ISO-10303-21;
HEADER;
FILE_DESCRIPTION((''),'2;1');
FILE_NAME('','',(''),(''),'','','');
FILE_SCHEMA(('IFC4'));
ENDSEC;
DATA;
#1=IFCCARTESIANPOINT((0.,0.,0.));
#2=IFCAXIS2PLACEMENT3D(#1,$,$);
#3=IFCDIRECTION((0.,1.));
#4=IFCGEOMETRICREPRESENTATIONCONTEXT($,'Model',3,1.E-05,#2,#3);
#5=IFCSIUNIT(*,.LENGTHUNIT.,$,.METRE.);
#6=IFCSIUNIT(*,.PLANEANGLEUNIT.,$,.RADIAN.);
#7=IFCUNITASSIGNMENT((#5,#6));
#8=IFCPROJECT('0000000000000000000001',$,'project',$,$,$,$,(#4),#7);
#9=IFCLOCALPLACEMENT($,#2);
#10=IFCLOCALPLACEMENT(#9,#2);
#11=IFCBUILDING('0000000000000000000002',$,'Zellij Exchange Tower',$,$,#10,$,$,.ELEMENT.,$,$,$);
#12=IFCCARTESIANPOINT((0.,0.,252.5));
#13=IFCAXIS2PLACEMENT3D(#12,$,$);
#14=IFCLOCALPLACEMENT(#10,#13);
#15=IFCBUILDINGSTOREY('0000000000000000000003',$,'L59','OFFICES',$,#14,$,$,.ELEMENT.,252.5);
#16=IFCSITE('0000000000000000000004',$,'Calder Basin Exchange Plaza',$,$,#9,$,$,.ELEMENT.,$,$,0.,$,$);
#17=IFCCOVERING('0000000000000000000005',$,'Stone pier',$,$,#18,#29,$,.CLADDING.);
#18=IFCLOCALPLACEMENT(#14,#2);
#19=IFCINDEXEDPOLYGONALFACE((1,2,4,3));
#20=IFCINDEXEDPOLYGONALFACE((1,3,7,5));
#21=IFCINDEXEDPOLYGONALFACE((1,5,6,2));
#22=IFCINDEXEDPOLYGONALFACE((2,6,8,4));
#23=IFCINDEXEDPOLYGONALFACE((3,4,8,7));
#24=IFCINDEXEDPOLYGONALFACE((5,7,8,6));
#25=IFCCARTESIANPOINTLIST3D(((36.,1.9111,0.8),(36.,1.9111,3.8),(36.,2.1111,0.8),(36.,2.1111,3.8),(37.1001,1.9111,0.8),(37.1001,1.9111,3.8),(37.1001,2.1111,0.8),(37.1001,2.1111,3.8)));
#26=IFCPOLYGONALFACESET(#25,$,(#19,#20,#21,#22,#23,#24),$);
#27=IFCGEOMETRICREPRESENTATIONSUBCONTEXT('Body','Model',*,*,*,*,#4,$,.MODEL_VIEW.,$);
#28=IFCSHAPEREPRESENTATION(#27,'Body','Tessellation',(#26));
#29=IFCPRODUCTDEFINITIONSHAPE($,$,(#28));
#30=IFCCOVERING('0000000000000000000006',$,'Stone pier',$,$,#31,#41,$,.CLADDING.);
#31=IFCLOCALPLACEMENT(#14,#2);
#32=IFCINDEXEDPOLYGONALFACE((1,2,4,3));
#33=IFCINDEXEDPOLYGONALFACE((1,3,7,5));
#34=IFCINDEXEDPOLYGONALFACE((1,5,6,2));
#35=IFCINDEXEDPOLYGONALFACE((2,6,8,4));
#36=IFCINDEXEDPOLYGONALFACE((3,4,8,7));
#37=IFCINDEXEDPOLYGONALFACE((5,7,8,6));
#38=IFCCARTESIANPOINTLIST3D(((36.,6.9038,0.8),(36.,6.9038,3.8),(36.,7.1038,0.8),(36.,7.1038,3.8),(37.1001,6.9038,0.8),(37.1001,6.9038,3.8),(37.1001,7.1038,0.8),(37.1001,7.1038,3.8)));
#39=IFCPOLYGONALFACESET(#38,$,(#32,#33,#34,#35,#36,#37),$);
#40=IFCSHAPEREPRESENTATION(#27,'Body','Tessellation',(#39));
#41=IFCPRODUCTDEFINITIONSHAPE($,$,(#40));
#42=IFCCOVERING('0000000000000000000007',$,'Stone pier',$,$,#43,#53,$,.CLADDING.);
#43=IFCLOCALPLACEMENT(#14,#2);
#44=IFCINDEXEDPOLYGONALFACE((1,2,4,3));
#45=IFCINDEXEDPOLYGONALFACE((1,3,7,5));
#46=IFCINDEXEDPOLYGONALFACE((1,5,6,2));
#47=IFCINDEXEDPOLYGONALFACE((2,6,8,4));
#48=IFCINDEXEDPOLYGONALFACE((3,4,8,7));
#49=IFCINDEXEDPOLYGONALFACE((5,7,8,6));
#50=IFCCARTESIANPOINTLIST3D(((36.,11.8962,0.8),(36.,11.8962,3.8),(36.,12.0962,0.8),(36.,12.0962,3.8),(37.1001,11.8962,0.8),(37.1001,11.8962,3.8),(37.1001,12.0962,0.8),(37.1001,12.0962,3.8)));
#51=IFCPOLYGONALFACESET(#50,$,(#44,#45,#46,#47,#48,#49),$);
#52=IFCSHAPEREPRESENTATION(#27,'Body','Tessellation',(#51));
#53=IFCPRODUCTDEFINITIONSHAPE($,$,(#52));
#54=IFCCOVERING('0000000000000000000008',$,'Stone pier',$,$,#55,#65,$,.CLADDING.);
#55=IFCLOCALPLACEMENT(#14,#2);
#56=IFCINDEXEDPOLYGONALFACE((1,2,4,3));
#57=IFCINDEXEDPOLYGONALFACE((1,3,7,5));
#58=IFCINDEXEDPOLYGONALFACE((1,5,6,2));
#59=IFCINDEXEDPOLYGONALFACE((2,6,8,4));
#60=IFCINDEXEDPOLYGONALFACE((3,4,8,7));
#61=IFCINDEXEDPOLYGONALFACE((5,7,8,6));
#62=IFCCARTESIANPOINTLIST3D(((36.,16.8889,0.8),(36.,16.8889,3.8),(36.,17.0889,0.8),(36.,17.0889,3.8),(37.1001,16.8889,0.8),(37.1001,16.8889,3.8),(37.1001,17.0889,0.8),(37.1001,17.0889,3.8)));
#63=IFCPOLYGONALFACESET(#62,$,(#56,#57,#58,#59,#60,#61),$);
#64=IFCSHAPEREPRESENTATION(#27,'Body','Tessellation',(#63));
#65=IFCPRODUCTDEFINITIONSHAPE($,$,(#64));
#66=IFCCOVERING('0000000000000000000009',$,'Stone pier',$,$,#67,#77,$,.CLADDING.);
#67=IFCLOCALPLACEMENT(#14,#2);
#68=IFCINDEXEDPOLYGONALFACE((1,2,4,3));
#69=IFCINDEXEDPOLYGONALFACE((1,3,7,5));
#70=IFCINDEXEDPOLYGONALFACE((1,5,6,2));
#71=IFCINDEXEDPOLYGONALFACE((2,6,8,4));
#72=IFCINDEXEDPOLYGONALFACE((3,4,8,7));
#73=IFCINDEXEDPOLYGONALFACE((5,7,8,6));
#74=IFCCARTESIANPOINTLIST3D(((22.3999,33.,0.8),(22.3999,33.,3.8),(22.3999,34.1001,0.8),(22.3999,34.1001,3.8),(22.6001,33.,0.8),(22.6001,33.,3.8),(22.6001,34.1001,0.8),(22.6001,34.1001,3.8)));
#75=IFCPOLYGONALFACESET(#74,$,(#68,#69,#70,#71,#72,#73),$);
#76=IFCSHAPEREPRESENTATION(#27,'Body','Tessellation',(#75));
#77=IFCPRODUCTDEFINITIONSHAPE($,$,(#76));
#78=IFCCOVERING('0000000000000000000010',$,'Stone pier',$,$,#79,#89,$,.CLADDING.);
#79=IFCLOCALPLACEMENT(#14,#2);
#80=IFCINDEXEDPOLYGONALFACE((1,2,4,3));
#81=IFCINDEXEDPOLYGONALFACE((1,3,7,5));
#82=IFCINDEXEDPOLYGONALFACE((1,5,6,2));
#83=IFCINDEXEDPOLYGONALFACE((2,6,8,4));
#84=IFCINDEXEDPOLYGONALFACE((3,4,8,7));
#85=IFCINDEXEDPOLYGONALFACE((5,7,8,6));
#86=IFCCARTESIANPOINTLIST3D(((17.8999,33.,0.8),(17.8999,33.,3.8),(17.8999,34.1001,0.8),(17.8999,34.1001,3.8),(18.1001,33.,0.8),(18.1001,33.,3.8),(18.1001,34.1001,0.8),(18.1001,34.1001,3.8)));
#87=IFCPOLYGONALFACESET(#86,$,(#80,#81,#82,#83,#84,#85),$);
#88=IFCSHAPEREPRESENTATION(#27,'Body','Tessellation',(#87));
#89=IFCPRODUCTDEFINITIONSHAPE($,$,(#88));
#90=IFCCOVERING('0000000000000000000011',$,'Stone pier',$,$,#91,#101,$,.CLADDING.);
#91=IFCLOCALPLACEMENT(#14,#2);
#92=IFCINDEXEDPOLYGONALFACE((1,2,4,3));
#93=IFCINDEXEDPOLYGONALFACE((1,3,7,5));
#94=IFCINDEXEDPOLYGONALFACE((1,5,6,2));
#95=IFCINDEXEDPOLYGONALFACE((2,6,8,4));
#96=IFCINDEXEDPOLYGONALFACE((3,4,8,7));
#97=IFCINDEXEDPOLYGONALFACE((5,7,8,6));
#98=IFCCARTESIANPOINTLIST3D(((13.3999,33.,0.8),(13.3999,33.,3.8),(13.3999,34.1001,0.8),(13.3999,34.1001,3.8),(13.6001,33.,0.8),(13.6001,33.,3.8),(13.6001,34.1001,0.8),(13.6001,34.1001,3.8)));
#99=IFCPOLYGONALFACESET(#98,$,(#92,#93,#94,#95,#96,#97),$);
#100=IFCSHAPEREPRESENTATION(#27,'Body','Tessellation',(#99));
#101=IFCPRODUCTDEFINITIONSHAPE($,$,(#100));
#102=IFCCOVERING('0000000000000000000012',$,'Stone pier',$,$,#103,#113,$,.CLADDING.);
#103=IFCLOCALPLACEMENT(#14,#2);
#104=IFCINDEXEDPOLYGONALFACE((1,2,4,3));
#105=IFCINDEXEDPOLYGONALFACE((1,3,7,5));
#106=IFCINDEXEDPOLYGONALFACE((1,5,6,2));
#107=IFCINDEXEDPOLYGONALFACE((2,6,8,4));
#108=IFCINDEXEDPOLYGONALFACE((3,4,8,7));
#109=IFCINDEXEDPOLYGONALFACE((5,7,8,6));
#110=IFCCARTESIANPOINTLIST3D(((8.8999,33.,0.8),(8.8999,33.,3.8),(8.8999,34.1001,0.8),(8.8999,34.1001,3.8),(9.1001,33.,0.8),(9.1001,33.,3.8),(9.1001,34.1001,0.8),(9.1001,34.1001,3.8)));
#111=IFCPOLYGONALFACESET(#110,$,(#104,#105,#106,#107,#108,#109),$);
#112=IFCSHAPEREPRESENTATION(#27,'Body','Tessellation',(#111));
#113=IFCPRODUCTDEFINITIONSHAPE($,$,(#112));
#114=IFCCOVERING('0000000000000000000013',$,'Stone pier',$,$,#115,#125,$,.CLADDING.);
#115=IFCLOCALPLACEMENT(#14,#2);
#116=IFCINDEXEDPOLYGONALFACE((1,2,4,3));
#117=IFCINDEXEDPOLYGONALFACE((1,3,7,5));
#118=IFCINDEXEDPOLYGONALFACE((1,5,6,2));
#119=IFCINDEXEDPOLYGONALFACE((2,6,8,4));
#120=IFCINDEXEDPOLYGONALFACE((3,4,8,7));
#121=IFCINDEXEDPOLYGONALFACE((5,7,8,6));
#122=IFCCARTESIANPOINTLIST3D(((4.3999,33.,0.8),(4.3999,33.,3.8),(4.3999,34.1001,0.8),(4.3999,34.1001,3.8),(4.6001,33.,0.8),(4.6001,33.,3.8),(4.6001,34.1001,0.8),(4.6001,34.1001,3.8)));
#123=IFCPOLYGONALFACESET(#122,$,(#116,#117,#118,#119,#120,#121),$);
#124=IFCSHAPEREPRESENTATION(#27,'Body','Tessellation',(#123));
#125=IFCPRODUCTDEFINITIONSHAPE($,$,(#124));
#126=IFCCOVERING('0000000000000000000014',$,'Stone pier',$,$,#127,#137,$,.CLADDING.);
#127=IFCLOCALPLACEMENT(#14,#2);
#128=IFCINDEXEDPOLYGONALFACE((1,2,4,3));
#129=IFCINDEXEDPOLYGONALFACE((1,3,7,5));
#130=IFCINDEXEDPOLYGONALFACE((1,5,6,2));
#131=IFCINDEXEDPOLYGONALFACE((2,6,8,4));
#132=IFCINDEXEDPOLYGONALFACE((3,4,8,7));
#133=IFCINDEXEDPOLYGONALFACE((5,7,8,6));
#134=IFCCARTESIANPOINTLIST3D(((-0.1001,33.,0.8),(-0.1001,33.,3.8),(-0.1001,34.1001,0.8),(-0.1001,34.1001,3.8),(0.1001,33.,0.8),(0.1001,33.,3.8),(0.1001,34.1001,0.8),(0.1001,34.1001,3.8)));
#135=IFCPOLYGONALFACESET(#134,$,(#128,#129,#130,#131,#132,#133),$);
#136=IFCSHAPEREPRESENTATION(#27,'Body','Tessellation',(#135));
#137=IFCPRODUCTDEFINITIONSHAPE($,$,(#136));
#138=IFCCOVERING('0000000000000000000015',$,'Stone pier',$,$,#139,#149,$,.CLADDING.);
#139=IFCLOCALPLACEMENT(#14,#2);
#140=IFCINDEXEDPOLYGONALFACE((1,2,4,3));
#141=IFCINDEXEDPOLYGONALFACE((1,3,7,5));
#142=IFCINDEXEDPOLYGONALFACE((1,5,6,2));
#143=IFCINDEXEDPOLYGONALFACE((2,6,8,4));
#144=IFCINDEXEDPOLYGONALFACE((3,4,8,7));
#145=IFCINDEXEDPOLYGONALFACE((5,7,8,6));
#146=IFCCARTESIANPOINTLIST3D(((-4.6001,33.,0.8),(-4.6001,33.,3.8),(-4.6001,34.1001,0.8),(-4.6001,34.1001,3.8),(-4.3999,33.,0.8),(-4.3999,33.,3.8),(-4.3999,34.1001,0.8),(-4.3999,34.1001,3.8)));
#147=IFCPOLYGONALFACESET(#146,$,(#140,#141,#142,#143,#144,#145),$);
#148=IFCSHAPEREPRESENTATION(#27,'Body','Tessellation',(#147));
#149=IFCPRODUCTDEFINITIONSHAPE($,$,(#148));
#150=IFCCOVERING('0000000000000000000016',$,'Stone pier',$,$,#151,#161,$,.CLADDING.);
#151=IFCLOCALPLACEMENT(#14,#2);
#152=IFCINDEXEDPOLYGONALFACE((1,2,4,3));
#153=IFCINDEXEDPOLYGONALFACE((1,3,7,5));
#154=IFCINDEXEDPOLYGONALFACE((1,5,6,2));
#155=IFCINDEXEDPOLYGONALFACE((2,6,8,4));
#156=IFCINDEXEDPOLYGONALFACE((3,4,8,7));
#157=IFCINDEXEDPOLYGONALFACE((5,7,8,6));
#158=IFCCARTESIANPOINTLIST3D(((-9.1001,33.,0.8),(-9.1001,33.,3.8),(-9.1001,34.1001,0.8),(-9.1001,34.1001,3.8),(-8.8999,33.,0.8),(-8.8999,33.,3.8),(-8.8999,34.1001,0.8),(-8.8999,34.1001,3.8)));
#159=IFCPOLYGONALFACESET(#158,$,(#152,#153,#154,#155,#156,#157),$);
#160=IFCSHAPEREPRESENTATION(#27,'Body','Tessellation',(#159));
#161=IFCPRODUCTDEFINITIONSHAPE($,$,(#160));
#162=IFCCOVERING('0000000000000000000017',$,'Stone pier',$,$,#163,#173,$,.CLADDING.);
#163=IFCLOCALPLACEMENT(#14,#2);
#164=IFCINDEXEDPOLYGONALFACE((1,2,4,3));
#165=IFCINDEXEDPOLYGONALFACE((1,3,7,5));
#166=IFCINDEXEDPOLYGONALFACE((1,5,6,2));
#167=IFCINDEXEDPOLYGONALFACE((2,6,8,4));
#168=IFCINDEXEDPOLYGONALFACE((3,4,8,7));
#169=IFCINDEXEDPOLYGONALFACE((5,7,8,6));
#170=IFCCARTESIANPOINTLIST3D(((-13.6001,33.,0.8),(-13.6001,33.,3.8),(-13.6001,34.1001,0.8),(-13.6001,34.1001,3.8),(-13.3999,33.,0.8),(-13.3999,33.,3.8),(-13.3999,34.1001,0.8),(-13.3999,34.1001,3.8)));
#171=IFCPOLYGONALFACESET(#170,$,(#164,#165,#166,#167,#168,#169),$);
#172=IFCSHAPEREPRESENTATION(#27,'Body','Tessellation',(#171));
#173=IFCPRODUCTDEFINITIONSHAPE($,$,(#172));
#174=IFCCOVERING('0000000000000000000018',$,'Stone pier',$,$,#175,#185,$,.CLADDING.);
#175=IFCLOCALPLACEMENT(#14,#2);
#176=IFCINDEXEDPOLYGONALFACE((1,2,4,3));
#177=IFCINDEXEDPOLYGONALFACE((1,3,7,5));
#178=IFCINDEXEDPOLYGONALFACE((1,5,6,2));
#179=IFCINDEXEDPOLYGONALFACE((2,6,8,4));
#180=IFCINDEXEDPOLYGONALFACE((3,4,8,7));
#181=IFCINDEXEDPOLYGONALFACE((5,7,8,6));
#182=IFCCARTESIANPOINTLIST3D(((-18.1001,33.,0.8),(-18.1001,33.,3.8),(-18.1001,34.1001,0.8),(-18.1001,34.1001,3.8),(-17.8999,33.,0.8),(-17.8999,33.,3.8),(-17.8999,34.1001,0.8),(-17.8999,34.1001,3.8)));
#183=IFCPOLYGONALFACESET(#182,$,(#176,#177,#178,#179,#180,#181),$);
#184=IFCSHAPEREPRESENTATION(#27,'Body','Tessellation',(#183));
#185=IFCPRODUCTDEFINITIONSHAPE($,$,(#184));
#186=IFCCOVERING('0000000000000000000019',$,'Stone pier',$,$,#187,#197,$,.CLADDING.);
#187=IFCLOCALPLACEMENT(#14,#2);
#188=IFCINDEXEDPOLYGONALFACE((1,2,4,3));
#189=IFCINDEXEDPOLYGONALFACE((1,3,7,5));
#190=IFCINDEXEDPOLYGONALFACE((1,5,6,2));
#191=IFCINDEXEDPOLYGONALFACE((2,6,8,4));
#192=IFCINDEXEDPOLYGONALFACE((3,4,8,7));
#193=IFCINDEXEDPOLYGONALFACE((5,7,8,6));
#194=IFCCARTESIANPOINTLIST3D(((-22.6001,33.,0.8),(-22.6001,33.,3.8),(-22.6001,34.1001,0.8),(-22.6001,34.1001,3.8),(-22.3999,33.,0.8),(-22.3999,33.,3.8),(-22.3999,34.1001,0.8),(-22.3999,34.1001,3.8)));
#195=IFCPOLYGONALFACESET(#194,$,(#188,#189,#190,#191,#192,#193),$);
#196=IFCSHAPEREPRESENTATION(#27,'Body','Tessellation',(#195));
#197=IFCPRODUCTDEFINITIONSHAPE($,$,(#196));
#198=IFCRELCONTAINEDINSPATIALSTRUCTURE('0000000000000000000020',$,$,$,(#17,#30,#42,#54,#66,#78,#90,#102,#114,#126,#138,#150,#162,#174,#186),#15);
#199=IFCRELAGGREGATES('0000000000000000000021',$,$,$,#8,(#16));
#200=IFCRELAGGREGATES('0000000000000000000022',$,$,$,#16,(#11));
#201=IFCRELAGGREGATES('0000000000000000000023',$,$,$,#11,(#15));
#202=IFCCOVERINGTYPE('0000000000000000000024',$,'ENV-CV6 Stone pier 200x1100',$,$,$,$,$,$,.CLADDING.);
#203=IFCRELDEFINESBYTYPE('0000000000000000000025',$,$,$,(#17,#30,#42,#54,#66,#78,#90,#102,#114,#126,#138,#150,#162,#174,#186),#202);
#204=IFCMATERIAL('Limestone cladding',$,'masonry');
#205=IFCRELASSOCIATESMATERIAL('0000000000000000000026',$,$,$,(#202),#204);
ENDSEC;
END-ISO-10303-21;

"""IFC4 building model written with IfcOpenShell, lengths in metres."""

from ifc_helpers import new_model, si_unit, direction, frame, origin, place, context, subcontext, project, spatial, polyline, outline, extrude, material, type_object, element, save


model = new_model("IFC4")

# Units and contexts
model_context = context("Model", 3, precision=1e-05, world=origin(), true_north=direction((0.0, 1.0)))
body_context = subcontext(model_context, "Body", "Model", "MODEL_VIEW")
ifc_project = project(units=[si_unit("LENGTHUNIT", "METRE"), si_unit("PLANEANGLEUNIT", "RADIAN")], contexts=[model_context])

# Site, building, storey
site_placement = place(None, origin())
site = spatial("IfcSite", under=ifc_project, at=site_placement, Name="Calder Basin Exchange Plaza", CompositionType="ELEMENT", RefElevation=0.0)
building_placement = place(site_placement, origin())
building = spatial("IfcBuilding", under=site, at=building_placement, Name="Zellij Exchange Tower", CompositionType="ELEMENT")
storey_placement = place(building_placement, frame((0.0, 0.0, 252.5)))
storey = spatial("IfcBuildingStorey", under=building, at=storey_placement, Name="L59", Description="OFFICES", CompositionType="ELEMENT", Elevation=252.5)

# Coverings
ifc_material_1 = material(Name="Limestone cladding", Category="masonry")
covering_type = type_object("IfcCoveringType", Name="ENV-CV6 Stone pier 200x1100", PredefinedType="CLADDING", material=ifc_material_1)
covering_1_placement = place(storey_placement, frame((0.0, 0.0, 0.8)))
element("IfcCovering", 1, at=covering_1_placement, inside=storey, type_object=covering_type, Name="Stone pier", PredefinedType="CLADDING", context=body_context, shape_type="SweptSolid", body=[
    extrude(outline(polyline([(36.0, 1.9111), (36.0, 2.1111), (37.1001, 2.1111), (37.1001, 1.9111), (36.0, 1.9111)])), origin(), (0.0, 0.0, 1.0), 3.0),
])
covering_2_placement = place(storey_placement, frame((0.0, 0.0, 0.8)))
element("IfcCovering", 2, at=covering_2_placement, inside=storey, type_object=covering_type, Name="Stone pier", PredefinedType="CLADDING", context=body_context, shape_type="SweptSolid", body=[
    extrude(outline(polyline([(36.0, 6.9038), (36.0, 7.1038), (37.1001, 7.1038), (37.1001, 6.9038), (36.0, 6.9038)])), origin(), (0.0, 0.0, 1.0), 3.0),
])
covering_3_placement = place(storey_placement, frame((0.0, 0.0, 0.8)))
element("IfcCovering", 3, at=covering_3_placement, inside=storey, type_object=covering_type, Name="Stone pier", PredefinedType="CLADDING", context=body_context, shape_type="SweptSolid", body=[
    extrude(outline(polyline([(36.0, 11.8962), (36.0, 12.0962), (37.1001, 12.0962), (37.1001, 11.8962), (36.0, 11.8962)])), origin(), (0.0, 0.0, 1.0), 3.0),
])
covering_4_placement = place(storey_placement, frame((0.0, 0.0, 0.8)))
element("IfcCovering", 4, at=covering_4_placement, inside=storey, type_object=covering_type, Name="Stone pier", PredefinedType="CLADDING", context=body_context, shape_type="SweptSolid", body=[
    extrude(outline(polyline([(36.0, 16.8889), (36.0, 17.0889), (37.1001, 17.0889), (37.1001, 16.8889), (36.0, 16.8889)])), origin(), (0.0, 0.0, 1.0), 3.0),
])
covering_5_placement = place(storey_placement, frame((0.0, 0.0, 0.8)))
element("IfcCovering", 5, at=covering_5_placement, inside=storey, type_object=covering_type, Name="Stone pier", PredefinedType="CLADDING", context=body_context, shape_type="SweptSolid", body=[
    extrude(outline(polyline([(22.6001, 33.0), (22.3999, 33.0), (22.3999, 34.1001), (22.6001, 34.1001), (22.6001, 33.0)])), origin(), (0.0, 0.0, 1.0), 3.0),
])
covering_6_placement = place(storey_placement, frame((0.0, 0.0, 0.8)))
element("IfcCovering", 6, at=covering_6_placement, inside=storey, type_object=covering_type, Name="Stone pier", PredefinedType="CLADDING", context=body_context, shape_type="SweptSolid", body=[
    extrude(outline(polyline([(18.1001, 33.0), (17.8999, 33.0), (17.8999, 34.1001), (18.1001, 34.1001), (18.1001, 33.0)])), origin(), (0.0, 0.0, 1.0), 3.0),
])
covering_7_placement = place(storey_placement, frame((0.0, 0.0, 0.8)))
element("IfcCovering", 7, at=covering_7_placement, inside=storey, type_object=covering_type, Name="Stone pier", PredefinedType="CLADDING", context=body_context, shape_type="SweptSolid", body=[
    extrude(outline(polyline([(13.6001, 33.0), (13.3999, 33.0), (13.3999, 34.1001), (13.6001, 34.1001), (13.6001, 33.0)])), origin(), (0.0, 0.0, 1.0), 3.0),
])
covering_8_placement = place(storey_placement, frame((0.0, 0.0, 0.8)))
element("IfcCovering", 8, at=covering_8_placement, inside=storey, type_object=covering_type, Name="Stone pier", PredefinedType="CLADDING", context=body_context, shape_type="SweptSolid", body=[
    extrude(outline(polyline([(9.1001, 33.0), (8.8999, 33.0), (8.8999, 34.1001), (9.1001, 34.1001), (9.1001, 33.0)])), origin(), (0.0, 0.0, 1.0), 3.0),
])
covering_9_placement = place(storey_placement, frame((0.0, 0.0, 0.8)))
element("IfcCovering", 9, at=covering_9_placement, inside=storey, type_object=covering_type, Name="Stone pier", PredefinedType="CLADDING", context=body_context, shape_type="SweptSolid", body=[
    extrude(outline(polyline([(4.6001, 33.0), (4.3999, 33.0), (4.3999, 34.1001), (4.6001, 34.1001), (4.6001, 33.0)])), origin(), (0.0, 0.0, 1.0), 3.0),
])
covering_10_placement = place(storey_placement, frame((0.0, 0.0, 0.8)))
element("IfcCovering", 10, at=covering_10_placement, inside=storey, type_object=covering_type, Name="Stone pier", PredefinedType="CLADDING", context=body_context, shape_type="SweptSolid", body=[
    extrude(outline(polyline([(0.1001, 33.0), (-0.1001, 33.0), (-0.1001, 34.1001), (0.1001, 34.1001), (0.1001, 33.0)])), origin(), (0.0, 0.0, 1.0), 3.0),
])
covering_11_placement = place(storey_placement, frame((0.0, 0.0, 0.8)))
element("IfcCovering", 11, at=covering_11_placement, inside=storey, type_object=covering_type, Name="Stone pier", PredefinedType="CLADDING", context=body_context, shape_type="SweptSolid", body=[
    extrude(outline(polyline([(-4.3999, 33.0), (-4.6001, 33.0), (-4.6001, 34.1001), (-4.3999, 34.1001), (-4.3999, 33.0)])), origin(), (0.0, 0.0, 1.0), 3.0),
])
covering_12_placement = place(storey_placement, frame((0.0, 0.0, 0.8)))
element("IfcCovering", 12, at=covering_12_placement, inside=storey, type_object=covering_type, Name="Stone pier", PredefinedType="CLADDING", context=body_context, shape_type="SweptSolid", body=[
    extrude(outline(polyline([(-8.8999, 33.0), (-9.1001, 33.0), (-9.1001, 34.1001), (-8.8999, 34.1001), (-8.8999, 33.0)])), origin(), (0.0, 0.0, 1.0), 3.0),
])
covering_13_placement = place(storey_placement, frame((0.0, 0.0, 0.8)))
element("IfcCovering", 13, at=covering_13_placement, inside=storey, type_object=covering_type, Name="Stone pier", PredefinedType="CLADDING", context=body_context, shape_type="SweptSolid", body=[
    extrude(outline(polyline([(-13.3999, 33.0), (-13.6001, 33.0), (-13.6001, 34.1001), (-13.3999, 34.1001), (-13.3999, 33.0)])), origin(), (0.0, 0.0, 1.0), 3.0),
])
covering_14_placement = place(storey_placement, frame((0.0, 0.0, 0.8)))
element("IfcCovering", 14, at=covering_14_placement, inside=storey, type_object=covering_type, Name="Stone pier", PredefinedType="CLADDING", context=body_context, shape_type="SweptSolid", body=[
    extrude(outline(polyline([(-17.8999, 33.0), (-18.1001, 33.0), (-18.1001, 34.1001), (-17.8999, 34.1001), (-17.8999, 33.0)])), origin(), (0.0, 0.0, 1.0), 3.0),
])
covering_15_placement = place(storey_placement, frame((0.0, 0.0, 0.8)))
element("IfcCovering", 15, at=covering_15_placement, inside=storey, type_object=covering_type, Name="Stone pier", PredefinedType="CLADDING", context=body_context, shape_type="SweptSolid", body=[
    extrude(outline(polyline([(-22.3999, 33.0), (-22.6001, 33.0), (-22.6001, 34.1001), (-22.3999, 34.1001), (-22.3999, 33.0)])), origin(), (0.0, 0.0, 1.0), 3.0),
])

save(model, "model.ifc")
